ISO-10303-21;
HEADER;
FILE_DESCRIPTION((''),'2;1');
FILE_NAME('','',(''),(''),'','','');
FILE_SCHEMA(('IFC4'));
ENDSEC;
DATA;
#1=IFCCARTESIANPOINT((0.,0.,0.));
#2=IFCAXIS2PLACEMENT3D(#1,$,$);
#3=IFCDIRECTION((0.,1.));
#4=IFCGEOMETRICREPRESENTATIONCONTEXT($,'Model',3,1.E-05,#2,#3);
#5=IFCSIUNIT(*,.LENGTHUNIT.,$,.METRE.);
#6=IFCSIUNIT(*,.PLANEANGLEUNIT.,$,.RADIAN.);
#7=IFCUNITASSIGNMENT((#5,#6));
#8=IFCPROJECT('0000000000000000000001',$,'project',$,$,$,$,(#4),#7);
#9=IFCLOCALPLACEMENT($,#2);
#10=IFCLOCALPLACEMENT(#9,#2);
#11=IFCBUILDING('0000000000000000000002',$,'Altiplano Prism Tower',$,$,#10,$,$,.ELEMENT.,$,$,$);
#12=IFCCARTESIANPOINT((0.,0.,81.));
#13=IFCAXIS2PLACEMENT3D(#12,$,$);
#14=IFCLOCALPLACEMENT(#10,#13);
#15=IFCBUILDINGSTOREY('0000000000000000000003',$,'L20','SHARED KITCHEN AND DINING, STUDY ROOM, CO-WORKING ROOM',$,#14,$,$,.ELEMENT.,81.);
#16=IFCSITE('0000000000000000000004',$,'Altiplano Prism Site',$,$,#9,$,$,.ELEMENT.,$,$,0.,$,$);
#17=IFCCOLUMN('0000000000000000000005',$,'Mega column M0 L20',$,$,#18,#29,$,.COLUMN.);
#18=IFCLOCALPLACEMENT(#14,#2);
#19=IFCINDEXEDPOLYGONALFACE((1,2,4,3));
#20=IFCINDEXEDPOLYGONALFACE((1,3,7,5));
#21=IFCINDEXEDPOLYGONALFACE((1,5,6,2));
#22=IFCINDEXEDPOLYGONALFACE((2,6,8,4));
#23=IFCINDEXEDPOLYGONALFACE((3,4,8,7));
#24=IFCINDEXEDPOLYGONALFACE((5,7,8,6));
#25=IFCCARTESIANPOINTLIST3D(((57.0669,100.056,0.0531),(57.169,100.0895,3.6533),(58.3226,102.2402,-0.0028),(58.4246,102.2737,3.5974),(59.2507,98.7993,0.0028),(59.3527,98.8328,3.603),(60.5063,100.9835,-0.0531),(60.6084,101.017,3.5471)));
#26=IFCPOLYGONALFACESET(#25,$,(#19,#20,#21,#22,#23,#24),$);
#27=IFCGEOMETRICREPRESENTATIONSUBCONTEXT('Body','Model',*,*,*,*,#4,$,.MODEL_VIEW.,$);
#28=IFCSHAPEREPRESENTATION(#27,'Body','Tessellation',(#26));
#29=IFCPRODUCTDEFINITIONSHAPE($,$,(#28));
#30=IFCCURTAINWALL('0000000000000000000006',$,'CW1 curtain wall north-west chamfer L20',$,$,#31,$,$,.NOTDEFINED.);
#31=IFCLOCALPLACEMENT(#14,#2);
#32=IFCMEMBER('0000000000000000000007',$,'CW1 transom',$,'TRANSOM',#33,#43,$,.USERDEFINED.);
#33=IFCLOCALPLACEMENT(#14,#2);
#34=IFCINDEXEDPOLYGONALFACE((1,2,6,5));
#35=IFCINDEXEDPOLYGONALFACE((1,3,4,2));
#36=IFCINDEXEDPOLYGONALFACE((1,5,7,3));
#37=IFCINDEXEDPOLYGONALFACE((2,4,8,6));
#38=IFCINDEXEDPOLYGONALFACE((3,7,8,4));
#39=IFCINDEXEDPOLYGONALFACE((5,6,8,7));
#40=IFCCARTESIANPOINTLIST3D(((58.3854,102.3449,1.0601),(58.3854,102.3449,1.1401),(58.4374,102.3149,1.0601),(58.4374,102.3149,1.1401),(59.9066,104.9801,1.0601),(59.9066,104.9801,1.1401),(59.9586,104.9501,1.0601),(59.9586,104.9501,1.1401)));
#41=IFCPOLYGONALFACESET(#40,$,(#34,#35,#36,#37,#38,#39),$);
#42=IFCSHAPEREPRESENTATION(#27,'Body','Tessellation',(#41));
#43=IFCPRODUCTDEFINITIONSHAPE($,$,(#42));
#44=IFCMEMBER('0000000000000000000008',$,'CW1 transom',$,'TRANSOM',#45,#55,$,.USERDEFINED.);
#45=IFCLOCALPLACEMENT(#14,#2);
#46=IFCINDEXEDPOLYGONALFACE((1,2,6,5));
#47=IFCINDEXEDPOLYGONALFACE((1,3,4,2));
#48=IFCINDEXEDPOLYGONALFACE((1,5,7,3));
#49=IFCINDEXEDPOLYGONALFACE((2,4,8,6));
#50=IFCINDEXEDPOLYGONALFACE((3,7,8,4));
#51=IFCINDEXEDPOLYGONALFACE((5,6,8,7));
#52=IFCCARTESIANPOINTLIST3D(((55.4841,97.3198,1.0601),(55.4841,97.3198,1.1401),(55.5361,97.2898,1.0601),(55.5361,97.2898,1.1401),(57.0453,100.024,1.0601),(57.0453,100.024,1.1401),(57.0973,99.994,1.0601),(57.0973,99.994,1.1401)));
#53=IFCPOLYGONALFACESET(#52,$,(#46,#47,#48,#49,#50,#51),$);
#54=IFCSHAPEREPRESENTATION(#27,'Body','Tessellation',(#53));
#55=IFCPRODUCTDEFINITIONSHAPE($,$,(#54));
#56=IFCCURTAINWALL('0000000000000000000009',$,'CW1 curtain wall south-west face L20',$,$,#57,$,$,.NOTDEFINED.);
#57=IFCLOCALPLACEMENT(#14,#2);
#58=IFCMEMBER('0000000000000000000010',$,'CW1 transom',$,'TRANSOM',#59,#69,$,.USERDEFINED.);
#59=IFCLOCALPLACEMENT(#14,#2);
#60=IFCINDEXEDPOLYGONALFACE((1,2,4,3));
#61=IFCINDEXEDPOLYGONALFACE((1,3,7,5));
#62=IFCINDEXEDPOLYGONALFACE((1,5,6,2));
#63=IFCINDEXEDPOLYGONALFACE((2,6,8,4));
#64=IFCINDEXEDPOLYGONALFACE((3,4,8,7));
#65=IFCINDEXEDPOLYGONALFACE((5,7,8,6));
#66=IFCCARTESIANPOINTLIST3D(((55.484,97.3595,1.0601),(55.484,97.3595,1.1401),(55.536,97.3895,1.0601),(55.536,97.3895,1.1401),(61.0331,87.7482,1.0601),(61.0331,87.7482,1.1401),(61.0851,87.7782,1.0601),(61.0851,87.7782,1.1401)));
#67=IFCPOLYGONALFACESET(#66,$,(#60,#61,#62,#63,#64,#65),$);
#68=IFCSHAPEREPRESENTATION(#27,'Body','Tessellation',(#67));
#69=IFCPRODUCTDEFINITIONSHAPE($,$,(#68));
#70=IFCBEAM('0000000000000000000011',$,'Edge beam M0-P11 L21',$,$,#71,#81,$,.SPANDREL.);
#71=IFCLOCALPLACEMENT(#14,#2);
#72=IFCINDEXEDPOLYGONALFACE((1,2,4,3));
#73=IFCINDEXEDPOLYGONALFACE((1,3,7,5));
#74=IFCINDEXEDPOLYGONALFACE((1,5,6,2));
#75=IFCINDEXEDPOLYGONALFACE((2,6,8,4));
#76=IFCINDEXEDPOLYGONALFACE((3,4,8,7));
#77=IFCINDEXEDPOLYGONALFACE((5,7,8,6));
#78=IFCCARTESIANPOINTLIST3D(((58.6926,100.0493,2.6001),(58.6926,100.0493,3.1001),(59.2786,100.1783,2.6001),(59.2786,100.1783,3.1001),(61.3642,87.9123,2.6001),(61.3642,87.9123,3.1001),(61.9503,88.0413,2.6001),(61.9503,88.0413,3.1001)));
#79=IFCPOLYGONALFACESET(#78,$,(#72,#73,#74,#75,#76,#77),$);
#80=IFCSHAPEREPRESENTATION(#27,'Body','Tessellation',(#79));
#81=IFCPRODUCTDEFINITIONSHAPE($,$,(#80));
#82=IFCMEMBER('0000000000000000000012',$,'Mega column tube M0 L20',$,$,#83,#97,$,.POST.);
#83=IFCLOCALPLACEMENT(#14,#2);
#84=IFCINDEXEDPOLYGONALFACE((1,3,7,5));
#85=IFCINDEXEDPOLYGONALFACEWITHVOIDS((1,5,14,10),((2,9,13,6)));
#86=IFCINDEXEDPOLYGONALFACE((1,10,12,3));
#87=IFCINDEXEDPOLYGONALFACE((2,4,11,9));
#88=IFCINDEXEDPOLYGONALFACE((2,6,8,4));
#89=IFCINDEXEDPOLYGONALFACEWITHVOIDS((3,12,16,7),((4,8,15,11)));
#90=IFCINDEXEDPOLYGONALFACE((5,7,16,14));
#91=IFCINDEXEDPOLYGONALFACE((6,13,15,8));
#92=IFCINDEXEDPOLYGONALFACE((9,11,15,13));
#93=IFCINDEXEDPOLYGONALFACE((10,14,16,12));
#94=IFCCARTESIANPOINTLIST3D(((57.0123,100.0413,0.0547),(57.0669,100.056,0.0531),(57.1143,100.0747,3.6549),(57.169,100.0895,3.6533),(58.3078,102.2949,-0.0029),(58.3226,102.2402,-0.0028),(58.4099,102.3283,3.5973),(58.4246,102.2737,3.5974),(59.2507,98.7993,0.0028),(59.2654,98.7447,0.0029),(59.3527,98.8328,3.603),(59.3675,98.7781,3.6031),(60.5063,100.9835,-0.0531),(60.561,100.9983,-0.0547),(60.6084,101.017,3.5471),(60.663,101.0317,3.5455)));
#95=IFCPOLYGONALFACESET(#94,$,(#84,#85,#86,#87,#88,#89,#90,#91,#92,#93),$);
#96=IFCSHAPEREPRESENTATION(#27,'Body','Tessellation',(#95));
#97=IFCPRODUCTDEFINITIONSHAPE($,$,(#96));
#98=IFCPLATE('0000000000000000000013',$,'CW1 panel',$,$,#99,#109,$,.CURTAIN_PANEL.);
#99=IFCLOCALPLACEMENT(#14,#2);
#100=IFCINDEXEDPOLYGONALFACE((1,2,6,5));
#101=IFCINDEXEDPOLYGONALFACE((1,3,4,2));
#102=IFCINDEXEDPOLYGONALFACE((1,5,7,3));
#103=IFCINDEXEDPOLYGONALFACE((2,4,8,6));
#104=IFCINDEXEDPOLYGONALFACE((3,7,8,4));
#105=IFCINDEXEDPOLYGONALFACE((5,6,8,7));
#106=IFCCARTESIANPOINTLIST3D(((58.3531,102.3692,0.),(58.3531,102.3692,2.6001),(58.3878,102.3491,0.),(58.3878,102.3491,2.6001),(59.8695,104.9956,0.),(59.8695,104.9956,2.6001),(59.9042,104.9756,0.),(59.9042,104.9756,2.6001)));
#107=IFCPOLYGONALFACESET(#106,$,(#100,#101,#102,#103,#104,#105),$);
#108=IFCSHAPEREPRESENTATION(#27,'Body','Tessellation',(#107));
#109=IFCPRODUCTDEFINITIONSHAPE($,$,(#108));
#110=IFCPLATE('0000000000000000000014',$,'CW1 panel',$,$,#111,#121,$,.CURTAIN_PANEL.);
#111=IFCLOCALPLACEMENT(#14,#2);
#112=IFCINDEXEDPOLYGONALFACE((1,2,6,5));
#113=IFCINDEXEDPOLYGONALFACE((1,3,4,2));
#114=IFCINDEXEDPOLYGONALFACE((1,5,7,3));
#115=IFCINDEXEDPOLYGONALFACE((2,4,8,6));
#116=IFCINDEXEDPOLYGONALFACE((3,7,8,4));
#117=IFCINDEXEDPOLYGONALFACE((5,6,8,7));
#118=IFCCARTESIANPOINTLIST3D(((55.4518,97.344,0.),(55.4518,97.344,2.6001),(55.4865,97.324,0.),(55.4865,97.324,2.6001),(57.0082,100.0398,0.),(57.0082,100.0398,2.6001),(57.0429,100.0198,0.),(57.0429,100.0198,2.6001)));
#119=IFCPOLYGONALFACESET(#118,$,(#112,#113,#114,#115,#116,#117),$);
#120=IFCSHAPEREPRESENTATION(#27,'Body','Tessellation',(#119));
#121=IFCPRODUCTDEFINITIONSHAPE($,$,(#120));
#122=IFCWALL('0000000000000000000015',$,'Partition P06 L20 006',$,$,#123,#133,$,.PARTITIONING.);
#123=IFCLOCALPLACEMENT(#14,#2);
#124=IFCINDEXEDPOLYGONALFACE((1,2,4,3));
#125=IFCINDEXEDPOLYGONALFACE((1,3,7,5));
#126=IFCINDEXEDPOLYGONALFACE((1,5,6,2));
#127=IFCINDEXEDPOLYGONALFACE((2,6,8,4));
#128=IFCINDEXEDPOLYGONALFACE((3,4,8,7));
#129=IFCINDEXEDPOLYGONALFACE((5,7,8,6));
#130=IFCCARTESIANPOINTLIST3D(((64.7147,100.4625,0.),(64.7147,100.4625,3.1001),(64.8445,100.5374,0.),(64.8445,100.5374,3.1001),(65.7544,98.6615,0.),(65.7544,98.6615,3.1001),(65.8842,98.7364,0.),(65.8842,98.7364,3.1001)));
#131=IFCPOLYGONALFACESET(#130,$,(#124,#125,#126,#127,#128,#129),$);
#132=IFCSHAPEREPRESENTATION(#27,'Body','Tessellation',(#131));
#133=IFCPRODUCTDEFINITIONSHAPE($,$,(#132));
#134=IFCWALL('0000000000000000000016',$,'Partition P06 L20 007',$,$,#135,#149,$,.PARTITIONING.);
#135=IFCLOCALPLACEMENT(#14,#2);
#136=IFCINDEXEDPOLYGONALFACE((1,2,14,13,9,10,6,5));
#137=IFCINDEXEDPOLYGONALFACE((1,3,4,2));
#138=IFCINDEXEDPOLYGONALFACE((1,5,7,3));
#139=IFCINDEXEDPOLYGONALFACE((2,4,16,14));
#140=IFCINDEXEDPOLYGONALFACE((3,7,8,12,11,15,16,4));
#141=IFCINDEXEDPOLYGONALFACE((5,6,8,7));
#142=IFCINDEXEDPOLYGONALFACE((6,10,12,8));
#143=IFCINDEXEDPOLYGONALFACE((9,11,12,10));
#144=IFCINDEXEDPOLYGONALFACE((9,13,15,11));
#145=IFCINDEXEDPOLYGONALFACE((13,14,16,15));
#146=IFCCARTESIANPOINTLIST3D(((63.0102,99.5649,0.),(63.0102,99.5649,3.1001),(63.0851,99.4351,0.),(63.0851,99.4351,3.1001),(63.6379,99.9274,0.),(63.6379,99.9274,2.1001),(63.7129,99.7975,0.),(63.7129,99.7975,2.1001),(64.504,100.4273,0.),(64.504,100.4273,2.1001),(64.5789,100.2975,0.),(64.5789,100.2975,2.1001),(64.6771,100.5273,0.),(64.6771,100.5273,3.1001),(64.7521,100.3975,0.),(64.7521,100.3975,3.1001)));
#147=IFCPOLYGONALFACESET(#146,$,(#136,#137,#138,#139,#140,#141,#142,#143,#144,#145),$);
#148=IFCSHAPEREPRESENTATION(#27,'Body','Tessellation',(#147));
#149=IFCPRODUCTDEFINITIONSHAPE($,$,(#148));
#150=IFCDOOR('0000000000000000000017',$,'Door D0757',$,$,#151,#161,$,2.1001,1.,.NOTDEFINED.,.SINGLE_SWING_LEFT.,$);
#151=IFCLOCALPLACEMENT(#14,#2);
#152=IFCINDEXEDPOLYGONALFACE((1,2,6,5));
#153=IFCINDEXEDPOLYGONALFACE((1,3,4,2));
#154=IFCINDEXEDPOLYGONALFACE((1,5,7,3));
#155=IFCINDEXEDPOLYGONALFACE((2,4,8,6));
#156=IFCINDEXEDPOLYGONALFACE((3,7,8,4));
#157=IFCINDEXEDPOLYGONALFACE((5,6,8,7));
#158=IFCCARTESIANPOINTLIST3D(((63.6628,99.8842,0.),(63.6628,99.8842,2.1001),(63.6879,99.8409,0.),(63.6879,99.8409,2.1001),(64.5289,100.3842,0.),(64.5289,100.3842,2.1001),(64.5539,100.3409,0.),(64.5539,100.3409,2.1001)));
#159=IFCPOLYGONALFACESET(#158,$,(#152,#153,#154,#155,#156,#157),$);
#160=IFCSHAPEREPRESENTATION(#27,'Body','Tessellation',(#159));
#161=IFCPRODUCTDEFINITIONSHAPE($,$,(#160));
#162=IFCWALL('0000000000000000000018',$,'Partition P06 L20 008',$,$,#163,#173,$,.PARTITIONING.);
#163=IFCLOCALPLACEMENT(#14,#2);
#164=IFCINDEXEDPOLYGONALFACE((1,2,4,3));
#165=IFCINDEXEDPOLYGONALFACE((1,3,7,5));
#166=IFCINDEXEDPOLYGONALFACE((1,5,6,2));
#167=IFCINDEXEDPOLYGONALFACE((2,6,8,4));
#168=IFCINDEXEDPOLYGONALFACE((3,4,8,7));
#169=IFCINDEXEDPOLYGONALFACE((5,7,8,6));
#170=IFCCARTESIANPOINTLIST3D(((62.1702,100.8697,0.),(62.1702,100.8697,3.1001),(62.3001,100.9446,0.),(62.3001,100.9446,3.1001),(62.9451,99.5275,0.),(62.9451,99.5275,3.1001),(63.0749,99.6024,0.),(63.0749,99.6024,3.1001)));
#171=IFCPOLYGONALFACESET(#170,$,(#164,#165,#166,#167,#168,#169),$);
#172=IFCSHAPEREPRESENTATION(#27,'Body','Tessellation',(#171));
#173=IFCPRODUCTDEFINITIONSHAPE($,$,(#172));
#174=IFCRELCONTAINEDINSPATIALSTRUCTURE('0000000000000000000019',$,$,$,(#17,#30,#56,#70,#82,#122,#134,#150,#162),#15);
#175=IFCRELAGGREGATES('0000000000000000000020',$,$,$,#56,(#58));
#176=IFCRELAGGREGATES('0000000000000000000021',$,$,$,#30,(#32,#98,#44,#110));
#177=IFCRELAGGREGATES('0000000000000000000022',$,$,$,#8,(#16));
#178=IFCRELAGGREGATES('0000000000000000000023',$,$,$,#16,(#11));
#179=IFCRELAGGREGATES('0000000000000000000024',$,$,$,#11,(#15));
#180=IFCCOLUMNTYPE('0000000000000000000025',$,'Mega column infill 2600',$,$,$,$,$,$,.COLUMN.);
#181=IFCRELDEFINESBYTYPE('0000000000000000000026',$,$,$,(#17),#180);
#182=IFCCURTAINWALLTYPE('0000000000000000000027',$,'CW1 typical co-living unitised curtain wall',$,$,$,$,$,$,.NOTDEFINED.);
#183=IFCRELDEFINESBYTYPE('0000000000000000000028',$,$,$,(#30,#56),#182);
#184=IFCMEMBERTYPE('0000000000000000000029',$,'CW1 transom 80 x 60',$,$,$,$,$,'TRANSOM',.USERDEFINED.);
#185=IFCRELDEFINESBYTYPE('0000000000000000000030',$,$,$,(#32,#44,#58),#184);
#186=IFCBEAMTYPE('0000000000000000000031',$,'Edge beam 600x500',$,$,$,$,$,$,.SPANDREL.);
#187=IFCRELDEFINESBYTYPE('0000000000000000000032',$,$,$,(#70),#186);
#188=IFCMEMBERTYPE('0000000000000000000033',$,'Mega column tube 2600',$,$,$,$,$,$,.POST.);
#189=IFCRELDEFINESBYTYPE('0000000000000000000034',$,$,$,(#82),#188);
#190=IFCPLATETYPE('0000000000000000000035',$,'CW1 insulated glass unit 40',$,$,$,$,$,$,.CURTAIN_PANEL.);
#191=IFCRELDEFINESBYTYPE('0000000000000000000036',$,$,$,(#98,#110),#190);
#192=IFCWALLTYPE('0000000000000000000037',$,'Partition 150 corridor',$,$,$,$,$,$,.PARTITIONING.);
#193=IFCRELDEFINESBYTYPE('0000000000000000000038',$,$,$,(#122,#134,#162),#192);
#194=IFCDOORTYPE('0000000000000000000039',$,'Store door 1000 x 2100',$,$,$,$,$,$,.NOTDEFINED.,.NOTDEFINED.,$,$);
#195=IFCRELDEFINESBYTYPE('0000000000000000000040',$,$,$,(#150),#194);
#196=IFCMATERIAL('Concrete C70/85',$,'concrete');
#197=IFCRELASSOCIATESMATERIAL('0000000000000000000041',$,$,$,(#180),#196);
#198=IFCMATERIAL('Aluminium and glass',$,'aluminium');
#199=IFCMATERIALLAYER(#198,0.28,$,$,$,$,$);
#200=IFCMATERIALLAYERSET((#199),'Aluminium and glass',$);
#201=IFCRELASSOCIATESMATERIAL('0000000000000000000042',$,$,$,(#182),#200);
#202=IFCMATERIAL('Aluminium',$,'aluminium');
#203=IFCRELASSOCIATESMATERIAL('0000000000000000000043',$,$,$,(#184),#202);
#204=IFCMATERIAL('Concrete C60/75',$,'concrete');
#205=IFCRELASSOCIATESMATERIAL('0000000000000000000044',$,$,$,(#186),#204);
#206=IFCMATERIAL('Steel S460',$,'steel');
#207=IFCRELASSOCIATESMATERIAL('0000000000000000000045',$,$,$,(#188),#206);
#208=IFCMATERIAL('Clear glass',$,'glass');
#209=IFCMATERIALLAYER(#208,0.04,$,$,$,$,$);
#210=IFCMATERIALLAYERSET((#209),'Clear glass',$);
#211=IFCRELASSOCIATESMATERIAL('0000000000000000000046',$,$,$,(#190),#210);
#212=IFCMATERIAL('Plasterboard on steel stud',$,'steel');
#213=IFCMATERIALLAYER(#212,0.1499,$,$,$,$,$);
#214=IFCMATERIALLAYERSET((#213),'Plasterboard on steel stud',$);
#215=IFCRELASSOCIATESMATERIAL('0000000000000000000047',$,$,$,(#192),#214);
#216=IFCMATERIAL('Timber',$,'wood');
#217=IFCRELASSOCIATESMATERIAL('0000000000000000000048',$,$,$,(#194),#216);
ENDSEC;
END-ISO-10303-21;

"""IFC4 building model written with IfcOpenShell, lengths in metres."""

from ifc_helpers import new_model, si_unit, direction, frame, frame_2d, origin, origin_2d, place, context, subcontext, project, spatial, rectangle, hollow_rectangle, extrude, material, layer, layer_set, material_profile, profile_set, type_object, element, fill, aggregate, save


model = new_model("IFC4")

# Units and contexts
model_context = context("Model", 3, precision=1e-05, world=origin(), true_north=direction((0.0, 1.0)))
body_context = subcontext(model_context, "Body", "Model", "MODEL_VIEW")
ifc_project = project(units=[si_unit("LENGTHUNIT", "METRE"), si_unit("PLANEANGLEUNIT", "RADIAN")], contexts=[model_context])

# Site, building, storey
site_placement = place(None, origin())
site = spatial("IfcSite", under=ifc_project, at=site_placement, Name="Altiplano Prism Site", CompositionType="ELEMENT", RefElevation=0.0)
building_placement = place(site_placement, origin())
building = spatial("IfcBuilding", under=site, at=building_placement, Name="Altiplano Prism Tower", CompositionType="ELEMENT")
storey_placement = place(building_placement, frame((0.0, 0.0, 81.0)))
storey = spatial("IfcBuildingStorey", under=building, at=storey_placement, Name="L20", Description="SHARED KITCHEN AND DINING, STUDY ROOM, CO-WORKING ROOM", CompositionType="ELEMENT", Elevation=81.0)

# Column
ifc_material_1 = material(Name="Concrete C70/85", Category="concrete")
ifc_material_profile_1 = material_profile(ifc_material_1, rectangle(XDim=2.52, YDim=2.52, at=origin_2d()), Name="Mega column infill 2600")
ifc_profile_set_1 = profile_set([ifc_material_profile_1], Name="Concrete C70/85")
column_type = type_object("IfcColumnType", Name="Mega column infill 2600", PredefinedType="COLUMN", material=ifc_profile_set_1)
column_placement = place(storey_placement, frame((58.7866, 100.5198, 0.0), z_axis=(0.028334, 0.009287, 0.999555), x_axis=(-0.866556, 0.498682, 0.019931)))
element("IfcColumn", 1, at=column_placement, inside=storey, type_object=column_type, Name="Mega column M0 L20", PredefinedType="COLUMN", context=body_context, shape_type="SweptSolid", body=[
    extrude(rectangle(XDim=2.52, YDim=2.52, at=origin_2d()), origin(), (0.0, 0.0, 1.0), 3.6018),
])

# Curtain wall, members
ifc_material_2 = material(Name="Aluminium and glass", Category="aluminium")
ifc_layer_1 = layer(ifc_material_2, 0.28)
ifc_layer_set_1 = layer_set([ifc_layer_1], Name="Aluminium and glass")
curtain_wall_type = type_object("IfcCurtainWallType", Name="CW1 typical co-living unitised curtain wall", PredefinedType="NOTDEFINED", material=ifc_layer_set_1)
curtain_wall_1_placement = place(storey_placement, origin())
curtain_wall_1 = element("IfcCurtainWall", 2, at=curtain_wall_1_placement, inside=storey, type_object=curtain_wall_type, Name="CW1 curtain wall north-west chamfer L20", PredefinedType="NOTDEFINED")
ifc_material_3 = material(Name="Aluminium", Category="aluminium")
ifc_material_profile_2 = material_profile(ifc_material_3, rectangle(XDim=0.0601, YDim=0.0801, at=origin_2d()), Name="CW1 transom 80 x 60")
ifc_profile_set_2 = profile_set([ifc_material_profile_2], Name="Aluminium")
member_type_1 = type_object("IfcMemberType", Name="CW1 transom 80 x 60", ElementType="TRANSOM", PredefinedType="USERDEFINED", material=ifc_profile_set_2)
member_1_placement = place(storey_placement, frame((59.9326, 104.9651, 1.1001), z_axis=(-0.499945, -0.866057, 0.0), x_axis=(0.866057, -0.499945, 0.0)))
member_1 = element("IfcMember", 3, at=member_1_placement, type_object=member_type_1, Name="CW1 transom", ObjectType="TRANSOM", PredefinedType="USERDEFINED", context=body_context, shape_type="SweptSolid", body=[
    extrude(rectangle(XDim=0.0601, YDim=0.0801, at=origin_2d()), origin(), (0.0, 0.0, 1.0), 3.0427),
])
member_2_placement = place(storey_placement, frame((57.0713, 100.009, 1.1001), z_axis=(-0.499982, -0.866036, 0.0), x_axis=(0.866036, -0.499982, 0.0)))
member_2 = element("IfcMember", 4, at=member_2_placement, type_object=member_type_1, Name="CW1 transom", ObjectType="TRANSOM", PredefinedType="USERDEFINED", context=body_context, shape_type="SweptSolid", body=[
    extrude(rectangle(XDim=0.0601, YDim=0.0801, at=origin_2d()), origin(), (0.0, 0.0, 1.0), 3.1226),
])

# Curtain wall, member
curtain_wall_2_placement = place(storey_placement, origin())
curtain_wall_2 = element("IfcCurtainWall", 5, at=curtain_wall_2_placement, inside=storey, type_object=curtain_wall_type, Name="CW1 curtain wall south-west face L20", PredefinedType="NOTDEFINED")
member_3_placement = place(storey_placement, frame((55.51, 97.3745, 1.1001), z_axis=(0.499998, -0.866027, 0.0), x_axis=(0.866027, 0.499998, 0.0)))
member_3 = element("IfcMember", 6, at=member_3_placement, type_object=member_type_1, Name="CW1 transom", ObjectType="TRANSOM", PredefinedType="USERDEFINED", context=body_context, shape_type="SweptSolid", body=[
    extrude(rectangle(XDim=0.0601, YDim=0.0801, at=origin_2d()), origin(), (0.0, 0.0, 1.0), 11.0981),
])
aggregate(curtain_wall_2, [member_3])

# Beam
ifc_material_4 = material(Name="Concrete C60/75", Category="concrete")
ifc_material_profile_3 = material_profile(ifc_material_4, rectangle(XDim=0.6001, YDim=0.5, at=origin_2d()), Name="Edge beam 600x500")
ifc_profile_set_3 = profile_set([ifc_material_profile_3], Name="Concrete C60/75")
beam_type = type_object("IfcBeamType", Name="Edge beam 600x500", PredefinedType="SPANDREL", material=ifc_profile_set_3)
beam_placement = place(storey_placement, frame((58.9856, 100.1138, 2.8501), z_axis=(0.214977, -0.976619, 0.0), x_axis=(0.976619, 0.214977, 0.0)))
element("IfcBeam", 7, at=beam_placement, inside=storey, type_object=beam_type, Name="Edge beam M0-P11 L21", PredefinedType="SPANDREL", context=body_context, shape_type="SweptSolid", body=[
    extrude(rectangle(XDim=0.6001, YDim=0.5, at=origin_2d()), origin(), (0.0, 0.0, 1.0), 12.4275),
])

# Member
ifc_material_5 = material(Name="Steel S460", Category="steel")
ifc_material_profile_4 = material_profile(ifc_material_5, hollow_rectangle(XDim=2.6001, YDim=2.6001, WallThickness=0.04, at=origin_2d()), Name="Mega column tube 2600")
ifc_profile_set_4 = profile_set([ifc_material_profile_4], Name="Steel S460")
member_type_2 = type_object("IfcMemberType", Name="Mega column tube 2600", PredefinedType="POST", material=ifc_profile_set_4)
member_4_placement = place(storey_placement, frame((58.7866, 100.5198, 0.0), z_axis=(0.028334, 0.009287, 0.999555), x_axis=(-0.866556, 0.498682, 0.019931)))
element("IfcMember", 8, at=member_4_placement, inside=storey, type_object=member_type_2, Name="Mega column tube M0 L20", PredefinedType="POST", context=body_context, shape_type="SweptSolid", body=[
    extrude(hollow_rectangle(XDim=2.6001, YDim=2.6001, WallThickness=0.04, at=origin_2d()), origin(), (0.0, 0.0, 1.0), 3.6018),
])

# Plates
ifc_material_6 = material(Name="Clear glass", Category="glass")
ifc_layer_2 = layer(ifc_material_6, 0.04)
ifc_layer_set_2 = layer_set([ifc_layer_2], Name="Clear glass")
plate_type = type_object("IfcPlateType", Name="CW1 insulated glass unit 40", PredefinedType="CURTAIN_PANEL", material=ifc_layer_set_2)
plate_1_placement = place(storey_placement, frame((59.1287, 103.6724, 0.0), z_axis=(0.0, 0.0, 1.0), x_axis=(-0.5, -0.866025, 0.0)))
plate_1 = element("IfcPlate", 9, at=plate_1_placement, type_object=plate_type, Name="CW1 panel", PredefinedType="CURTAIN_PANEL", context=body_context, shape_type="SweptSolid", body=[
    extrude(rectangle(XDim=3.0327, YDim=0.04, at=origin_2d()), origin(), (0.0, 0.0, 1.0), 2.6001),
])
plate_2_placement = place(storey_placement, frame((56.2473, 98.6819, 0.0), z_axis=(0.0, 0.0, 1.0), x_axis=(-0.5, -0.866025, 0.0)))
plate_2 = element("IfcPlate", 10, at=plate_2_placement, type_object=plate_type, Name="CW1 panel", PredefinedType="CURTAIN_PANEL", context=body_context, shape_type="SweptSolid", body=[
    extrude(rectangle(XDim=3.1128, YDim=0.04, at=origin_2d()), origin(), (0.0, 0.0, 1.0), 2.6001),
])
aggregate(curtain_wall_1, [member_1, plate_1, member_2, plate_2])

# Wall
ifc_material_7 = material(Name="Plasterboard on steel stud", Category="steel")
ifc_layer_3 = layer(ifc_material_7, 0.1499)
ifc_layer_set_3 = layer_set([ifc_layer_3], Name="Plasterboard on steel stud")
wall_type_1 = type_object("IfcWallType", Name="Partition 150 corridor", PredefinedType="PARTITIONING", material=ifc_layer_set_3)
wall_1_placement = place(storey_placement, frame((65.8193, 98.699, 0.0), z_axis=(0.0, 0.0, 1.0), x_axis=(-0.49999, 0.866031, 0.0)))
element("IfcWall", 11, at=wall_1_placement, inside=storey, type_object=wall_type_1, Name="Partition P06 L20 006", PredefinedType="PARTITIONING", context=body_context, shape_type="SweptSolid", body=[
    extrude(rectangle(XDim=2.0796, YDim=0.1499, at=frame_2d((1.0398, 0.0))), origin(), (0.0, 0.0, 1.0), 3.1001),
])

# Wall, opening, door
wall_2_placement = place(storey_placement, frame((64.7146, 100.4624, 0.0), z_axis=(0.0, 0.0, 1.0), x_axis=(-0.866034, -0.499986, 0.0)))
wall_2 = element("IfcWall", 12, at=wall_2_placement, inside=storey, type_object=wall_type_1, Name="Partition P06 L20 007", PredefinedType="PARTITIONING", context=body_context, shape_type="SweptSolid", body=[
    extrude(rectangle(XDim=1.9248, YDim=0.1499, at=frame_2d((0.9624, 0.0))), origin(), (0.0, 0.0, 1.0), 3.1001),
])
opening_1_placement = place(wall_2_placement, frame((0.2, 0.0, 0.0)))
opening_1 = element("IfcOpeningElement", 13, at=opening_1_placement, cuts=wall_2, PredefinedType="OPENING", context=body_context, shape_type="SweptSolid", body=[
    extrude(rectangle(XDim=1.0, YDim=2.1001, at=frame_2d((0.5, 1.05))), frame((0.0, 0.0854, 0.0), z_axis=(0.0, -1.0, 0.0), x_axis=(1.0, 0.0, 0.0)), (0.0, 0.0, 1.0), 0.1709),
])
ifc_material_8 = material(Name="Timber", Category="wood")
door_type_1 = type_object("IfcDoorType", Name="Store door 1000 x 2100", OperationType="NOTDEFINED", PredefinedType="NOTDEFINED", material=ifc_material_8)
door_1_placement = place(opening_1_placement, origin())
door_1 = element("IfcDoor", 14, at=door_1_placement, inside=storey, type_object=door_type_1, Name="Door D0757", OperationType="SINGLE_SWING_LEFT", OverallHeight=2.1001, OverallWidth=1.0, PredefinedType="NOTDEFINED", context=body_context, shape_type="SweptSolid", body=[
    extrude(rectangle(XDim=1.0, YDim=2.1001, at=frame_2d((0.5, 1.05))), frame((0.0, 0.0249, 0.0), z_axis=(0.0, -1.0, 0.0), x_axis=(1.0, 0.0, 0.0)), (0.0, 0.0, 1.0), 0.05),
])
fill(opening_1, door_1)

# Wall
wall_3_placement = place(storey_placement, frame((63.01, 99.5649, 0.0), z_axis=(0.0, 0.0, 1.0), x_axis=(-0.499968, 0.866044, 0.0)))
element("IfcWall", 15, at=wall_3_placement, inside=storey, type_object=wall_type_1, Name="Partition P06 L20 008", PredefinedType="PARTITIONING", context=body_context, shape_type="SweptSolid", body=[
    extrude(rectangle(XDim=1.5498, YDim=0.1499, at=frame_2d((0.7749, 0.0))), origin(), (0.0, 0.0, 1.0), 3.1001),
])

save(model, "model.ifc")
